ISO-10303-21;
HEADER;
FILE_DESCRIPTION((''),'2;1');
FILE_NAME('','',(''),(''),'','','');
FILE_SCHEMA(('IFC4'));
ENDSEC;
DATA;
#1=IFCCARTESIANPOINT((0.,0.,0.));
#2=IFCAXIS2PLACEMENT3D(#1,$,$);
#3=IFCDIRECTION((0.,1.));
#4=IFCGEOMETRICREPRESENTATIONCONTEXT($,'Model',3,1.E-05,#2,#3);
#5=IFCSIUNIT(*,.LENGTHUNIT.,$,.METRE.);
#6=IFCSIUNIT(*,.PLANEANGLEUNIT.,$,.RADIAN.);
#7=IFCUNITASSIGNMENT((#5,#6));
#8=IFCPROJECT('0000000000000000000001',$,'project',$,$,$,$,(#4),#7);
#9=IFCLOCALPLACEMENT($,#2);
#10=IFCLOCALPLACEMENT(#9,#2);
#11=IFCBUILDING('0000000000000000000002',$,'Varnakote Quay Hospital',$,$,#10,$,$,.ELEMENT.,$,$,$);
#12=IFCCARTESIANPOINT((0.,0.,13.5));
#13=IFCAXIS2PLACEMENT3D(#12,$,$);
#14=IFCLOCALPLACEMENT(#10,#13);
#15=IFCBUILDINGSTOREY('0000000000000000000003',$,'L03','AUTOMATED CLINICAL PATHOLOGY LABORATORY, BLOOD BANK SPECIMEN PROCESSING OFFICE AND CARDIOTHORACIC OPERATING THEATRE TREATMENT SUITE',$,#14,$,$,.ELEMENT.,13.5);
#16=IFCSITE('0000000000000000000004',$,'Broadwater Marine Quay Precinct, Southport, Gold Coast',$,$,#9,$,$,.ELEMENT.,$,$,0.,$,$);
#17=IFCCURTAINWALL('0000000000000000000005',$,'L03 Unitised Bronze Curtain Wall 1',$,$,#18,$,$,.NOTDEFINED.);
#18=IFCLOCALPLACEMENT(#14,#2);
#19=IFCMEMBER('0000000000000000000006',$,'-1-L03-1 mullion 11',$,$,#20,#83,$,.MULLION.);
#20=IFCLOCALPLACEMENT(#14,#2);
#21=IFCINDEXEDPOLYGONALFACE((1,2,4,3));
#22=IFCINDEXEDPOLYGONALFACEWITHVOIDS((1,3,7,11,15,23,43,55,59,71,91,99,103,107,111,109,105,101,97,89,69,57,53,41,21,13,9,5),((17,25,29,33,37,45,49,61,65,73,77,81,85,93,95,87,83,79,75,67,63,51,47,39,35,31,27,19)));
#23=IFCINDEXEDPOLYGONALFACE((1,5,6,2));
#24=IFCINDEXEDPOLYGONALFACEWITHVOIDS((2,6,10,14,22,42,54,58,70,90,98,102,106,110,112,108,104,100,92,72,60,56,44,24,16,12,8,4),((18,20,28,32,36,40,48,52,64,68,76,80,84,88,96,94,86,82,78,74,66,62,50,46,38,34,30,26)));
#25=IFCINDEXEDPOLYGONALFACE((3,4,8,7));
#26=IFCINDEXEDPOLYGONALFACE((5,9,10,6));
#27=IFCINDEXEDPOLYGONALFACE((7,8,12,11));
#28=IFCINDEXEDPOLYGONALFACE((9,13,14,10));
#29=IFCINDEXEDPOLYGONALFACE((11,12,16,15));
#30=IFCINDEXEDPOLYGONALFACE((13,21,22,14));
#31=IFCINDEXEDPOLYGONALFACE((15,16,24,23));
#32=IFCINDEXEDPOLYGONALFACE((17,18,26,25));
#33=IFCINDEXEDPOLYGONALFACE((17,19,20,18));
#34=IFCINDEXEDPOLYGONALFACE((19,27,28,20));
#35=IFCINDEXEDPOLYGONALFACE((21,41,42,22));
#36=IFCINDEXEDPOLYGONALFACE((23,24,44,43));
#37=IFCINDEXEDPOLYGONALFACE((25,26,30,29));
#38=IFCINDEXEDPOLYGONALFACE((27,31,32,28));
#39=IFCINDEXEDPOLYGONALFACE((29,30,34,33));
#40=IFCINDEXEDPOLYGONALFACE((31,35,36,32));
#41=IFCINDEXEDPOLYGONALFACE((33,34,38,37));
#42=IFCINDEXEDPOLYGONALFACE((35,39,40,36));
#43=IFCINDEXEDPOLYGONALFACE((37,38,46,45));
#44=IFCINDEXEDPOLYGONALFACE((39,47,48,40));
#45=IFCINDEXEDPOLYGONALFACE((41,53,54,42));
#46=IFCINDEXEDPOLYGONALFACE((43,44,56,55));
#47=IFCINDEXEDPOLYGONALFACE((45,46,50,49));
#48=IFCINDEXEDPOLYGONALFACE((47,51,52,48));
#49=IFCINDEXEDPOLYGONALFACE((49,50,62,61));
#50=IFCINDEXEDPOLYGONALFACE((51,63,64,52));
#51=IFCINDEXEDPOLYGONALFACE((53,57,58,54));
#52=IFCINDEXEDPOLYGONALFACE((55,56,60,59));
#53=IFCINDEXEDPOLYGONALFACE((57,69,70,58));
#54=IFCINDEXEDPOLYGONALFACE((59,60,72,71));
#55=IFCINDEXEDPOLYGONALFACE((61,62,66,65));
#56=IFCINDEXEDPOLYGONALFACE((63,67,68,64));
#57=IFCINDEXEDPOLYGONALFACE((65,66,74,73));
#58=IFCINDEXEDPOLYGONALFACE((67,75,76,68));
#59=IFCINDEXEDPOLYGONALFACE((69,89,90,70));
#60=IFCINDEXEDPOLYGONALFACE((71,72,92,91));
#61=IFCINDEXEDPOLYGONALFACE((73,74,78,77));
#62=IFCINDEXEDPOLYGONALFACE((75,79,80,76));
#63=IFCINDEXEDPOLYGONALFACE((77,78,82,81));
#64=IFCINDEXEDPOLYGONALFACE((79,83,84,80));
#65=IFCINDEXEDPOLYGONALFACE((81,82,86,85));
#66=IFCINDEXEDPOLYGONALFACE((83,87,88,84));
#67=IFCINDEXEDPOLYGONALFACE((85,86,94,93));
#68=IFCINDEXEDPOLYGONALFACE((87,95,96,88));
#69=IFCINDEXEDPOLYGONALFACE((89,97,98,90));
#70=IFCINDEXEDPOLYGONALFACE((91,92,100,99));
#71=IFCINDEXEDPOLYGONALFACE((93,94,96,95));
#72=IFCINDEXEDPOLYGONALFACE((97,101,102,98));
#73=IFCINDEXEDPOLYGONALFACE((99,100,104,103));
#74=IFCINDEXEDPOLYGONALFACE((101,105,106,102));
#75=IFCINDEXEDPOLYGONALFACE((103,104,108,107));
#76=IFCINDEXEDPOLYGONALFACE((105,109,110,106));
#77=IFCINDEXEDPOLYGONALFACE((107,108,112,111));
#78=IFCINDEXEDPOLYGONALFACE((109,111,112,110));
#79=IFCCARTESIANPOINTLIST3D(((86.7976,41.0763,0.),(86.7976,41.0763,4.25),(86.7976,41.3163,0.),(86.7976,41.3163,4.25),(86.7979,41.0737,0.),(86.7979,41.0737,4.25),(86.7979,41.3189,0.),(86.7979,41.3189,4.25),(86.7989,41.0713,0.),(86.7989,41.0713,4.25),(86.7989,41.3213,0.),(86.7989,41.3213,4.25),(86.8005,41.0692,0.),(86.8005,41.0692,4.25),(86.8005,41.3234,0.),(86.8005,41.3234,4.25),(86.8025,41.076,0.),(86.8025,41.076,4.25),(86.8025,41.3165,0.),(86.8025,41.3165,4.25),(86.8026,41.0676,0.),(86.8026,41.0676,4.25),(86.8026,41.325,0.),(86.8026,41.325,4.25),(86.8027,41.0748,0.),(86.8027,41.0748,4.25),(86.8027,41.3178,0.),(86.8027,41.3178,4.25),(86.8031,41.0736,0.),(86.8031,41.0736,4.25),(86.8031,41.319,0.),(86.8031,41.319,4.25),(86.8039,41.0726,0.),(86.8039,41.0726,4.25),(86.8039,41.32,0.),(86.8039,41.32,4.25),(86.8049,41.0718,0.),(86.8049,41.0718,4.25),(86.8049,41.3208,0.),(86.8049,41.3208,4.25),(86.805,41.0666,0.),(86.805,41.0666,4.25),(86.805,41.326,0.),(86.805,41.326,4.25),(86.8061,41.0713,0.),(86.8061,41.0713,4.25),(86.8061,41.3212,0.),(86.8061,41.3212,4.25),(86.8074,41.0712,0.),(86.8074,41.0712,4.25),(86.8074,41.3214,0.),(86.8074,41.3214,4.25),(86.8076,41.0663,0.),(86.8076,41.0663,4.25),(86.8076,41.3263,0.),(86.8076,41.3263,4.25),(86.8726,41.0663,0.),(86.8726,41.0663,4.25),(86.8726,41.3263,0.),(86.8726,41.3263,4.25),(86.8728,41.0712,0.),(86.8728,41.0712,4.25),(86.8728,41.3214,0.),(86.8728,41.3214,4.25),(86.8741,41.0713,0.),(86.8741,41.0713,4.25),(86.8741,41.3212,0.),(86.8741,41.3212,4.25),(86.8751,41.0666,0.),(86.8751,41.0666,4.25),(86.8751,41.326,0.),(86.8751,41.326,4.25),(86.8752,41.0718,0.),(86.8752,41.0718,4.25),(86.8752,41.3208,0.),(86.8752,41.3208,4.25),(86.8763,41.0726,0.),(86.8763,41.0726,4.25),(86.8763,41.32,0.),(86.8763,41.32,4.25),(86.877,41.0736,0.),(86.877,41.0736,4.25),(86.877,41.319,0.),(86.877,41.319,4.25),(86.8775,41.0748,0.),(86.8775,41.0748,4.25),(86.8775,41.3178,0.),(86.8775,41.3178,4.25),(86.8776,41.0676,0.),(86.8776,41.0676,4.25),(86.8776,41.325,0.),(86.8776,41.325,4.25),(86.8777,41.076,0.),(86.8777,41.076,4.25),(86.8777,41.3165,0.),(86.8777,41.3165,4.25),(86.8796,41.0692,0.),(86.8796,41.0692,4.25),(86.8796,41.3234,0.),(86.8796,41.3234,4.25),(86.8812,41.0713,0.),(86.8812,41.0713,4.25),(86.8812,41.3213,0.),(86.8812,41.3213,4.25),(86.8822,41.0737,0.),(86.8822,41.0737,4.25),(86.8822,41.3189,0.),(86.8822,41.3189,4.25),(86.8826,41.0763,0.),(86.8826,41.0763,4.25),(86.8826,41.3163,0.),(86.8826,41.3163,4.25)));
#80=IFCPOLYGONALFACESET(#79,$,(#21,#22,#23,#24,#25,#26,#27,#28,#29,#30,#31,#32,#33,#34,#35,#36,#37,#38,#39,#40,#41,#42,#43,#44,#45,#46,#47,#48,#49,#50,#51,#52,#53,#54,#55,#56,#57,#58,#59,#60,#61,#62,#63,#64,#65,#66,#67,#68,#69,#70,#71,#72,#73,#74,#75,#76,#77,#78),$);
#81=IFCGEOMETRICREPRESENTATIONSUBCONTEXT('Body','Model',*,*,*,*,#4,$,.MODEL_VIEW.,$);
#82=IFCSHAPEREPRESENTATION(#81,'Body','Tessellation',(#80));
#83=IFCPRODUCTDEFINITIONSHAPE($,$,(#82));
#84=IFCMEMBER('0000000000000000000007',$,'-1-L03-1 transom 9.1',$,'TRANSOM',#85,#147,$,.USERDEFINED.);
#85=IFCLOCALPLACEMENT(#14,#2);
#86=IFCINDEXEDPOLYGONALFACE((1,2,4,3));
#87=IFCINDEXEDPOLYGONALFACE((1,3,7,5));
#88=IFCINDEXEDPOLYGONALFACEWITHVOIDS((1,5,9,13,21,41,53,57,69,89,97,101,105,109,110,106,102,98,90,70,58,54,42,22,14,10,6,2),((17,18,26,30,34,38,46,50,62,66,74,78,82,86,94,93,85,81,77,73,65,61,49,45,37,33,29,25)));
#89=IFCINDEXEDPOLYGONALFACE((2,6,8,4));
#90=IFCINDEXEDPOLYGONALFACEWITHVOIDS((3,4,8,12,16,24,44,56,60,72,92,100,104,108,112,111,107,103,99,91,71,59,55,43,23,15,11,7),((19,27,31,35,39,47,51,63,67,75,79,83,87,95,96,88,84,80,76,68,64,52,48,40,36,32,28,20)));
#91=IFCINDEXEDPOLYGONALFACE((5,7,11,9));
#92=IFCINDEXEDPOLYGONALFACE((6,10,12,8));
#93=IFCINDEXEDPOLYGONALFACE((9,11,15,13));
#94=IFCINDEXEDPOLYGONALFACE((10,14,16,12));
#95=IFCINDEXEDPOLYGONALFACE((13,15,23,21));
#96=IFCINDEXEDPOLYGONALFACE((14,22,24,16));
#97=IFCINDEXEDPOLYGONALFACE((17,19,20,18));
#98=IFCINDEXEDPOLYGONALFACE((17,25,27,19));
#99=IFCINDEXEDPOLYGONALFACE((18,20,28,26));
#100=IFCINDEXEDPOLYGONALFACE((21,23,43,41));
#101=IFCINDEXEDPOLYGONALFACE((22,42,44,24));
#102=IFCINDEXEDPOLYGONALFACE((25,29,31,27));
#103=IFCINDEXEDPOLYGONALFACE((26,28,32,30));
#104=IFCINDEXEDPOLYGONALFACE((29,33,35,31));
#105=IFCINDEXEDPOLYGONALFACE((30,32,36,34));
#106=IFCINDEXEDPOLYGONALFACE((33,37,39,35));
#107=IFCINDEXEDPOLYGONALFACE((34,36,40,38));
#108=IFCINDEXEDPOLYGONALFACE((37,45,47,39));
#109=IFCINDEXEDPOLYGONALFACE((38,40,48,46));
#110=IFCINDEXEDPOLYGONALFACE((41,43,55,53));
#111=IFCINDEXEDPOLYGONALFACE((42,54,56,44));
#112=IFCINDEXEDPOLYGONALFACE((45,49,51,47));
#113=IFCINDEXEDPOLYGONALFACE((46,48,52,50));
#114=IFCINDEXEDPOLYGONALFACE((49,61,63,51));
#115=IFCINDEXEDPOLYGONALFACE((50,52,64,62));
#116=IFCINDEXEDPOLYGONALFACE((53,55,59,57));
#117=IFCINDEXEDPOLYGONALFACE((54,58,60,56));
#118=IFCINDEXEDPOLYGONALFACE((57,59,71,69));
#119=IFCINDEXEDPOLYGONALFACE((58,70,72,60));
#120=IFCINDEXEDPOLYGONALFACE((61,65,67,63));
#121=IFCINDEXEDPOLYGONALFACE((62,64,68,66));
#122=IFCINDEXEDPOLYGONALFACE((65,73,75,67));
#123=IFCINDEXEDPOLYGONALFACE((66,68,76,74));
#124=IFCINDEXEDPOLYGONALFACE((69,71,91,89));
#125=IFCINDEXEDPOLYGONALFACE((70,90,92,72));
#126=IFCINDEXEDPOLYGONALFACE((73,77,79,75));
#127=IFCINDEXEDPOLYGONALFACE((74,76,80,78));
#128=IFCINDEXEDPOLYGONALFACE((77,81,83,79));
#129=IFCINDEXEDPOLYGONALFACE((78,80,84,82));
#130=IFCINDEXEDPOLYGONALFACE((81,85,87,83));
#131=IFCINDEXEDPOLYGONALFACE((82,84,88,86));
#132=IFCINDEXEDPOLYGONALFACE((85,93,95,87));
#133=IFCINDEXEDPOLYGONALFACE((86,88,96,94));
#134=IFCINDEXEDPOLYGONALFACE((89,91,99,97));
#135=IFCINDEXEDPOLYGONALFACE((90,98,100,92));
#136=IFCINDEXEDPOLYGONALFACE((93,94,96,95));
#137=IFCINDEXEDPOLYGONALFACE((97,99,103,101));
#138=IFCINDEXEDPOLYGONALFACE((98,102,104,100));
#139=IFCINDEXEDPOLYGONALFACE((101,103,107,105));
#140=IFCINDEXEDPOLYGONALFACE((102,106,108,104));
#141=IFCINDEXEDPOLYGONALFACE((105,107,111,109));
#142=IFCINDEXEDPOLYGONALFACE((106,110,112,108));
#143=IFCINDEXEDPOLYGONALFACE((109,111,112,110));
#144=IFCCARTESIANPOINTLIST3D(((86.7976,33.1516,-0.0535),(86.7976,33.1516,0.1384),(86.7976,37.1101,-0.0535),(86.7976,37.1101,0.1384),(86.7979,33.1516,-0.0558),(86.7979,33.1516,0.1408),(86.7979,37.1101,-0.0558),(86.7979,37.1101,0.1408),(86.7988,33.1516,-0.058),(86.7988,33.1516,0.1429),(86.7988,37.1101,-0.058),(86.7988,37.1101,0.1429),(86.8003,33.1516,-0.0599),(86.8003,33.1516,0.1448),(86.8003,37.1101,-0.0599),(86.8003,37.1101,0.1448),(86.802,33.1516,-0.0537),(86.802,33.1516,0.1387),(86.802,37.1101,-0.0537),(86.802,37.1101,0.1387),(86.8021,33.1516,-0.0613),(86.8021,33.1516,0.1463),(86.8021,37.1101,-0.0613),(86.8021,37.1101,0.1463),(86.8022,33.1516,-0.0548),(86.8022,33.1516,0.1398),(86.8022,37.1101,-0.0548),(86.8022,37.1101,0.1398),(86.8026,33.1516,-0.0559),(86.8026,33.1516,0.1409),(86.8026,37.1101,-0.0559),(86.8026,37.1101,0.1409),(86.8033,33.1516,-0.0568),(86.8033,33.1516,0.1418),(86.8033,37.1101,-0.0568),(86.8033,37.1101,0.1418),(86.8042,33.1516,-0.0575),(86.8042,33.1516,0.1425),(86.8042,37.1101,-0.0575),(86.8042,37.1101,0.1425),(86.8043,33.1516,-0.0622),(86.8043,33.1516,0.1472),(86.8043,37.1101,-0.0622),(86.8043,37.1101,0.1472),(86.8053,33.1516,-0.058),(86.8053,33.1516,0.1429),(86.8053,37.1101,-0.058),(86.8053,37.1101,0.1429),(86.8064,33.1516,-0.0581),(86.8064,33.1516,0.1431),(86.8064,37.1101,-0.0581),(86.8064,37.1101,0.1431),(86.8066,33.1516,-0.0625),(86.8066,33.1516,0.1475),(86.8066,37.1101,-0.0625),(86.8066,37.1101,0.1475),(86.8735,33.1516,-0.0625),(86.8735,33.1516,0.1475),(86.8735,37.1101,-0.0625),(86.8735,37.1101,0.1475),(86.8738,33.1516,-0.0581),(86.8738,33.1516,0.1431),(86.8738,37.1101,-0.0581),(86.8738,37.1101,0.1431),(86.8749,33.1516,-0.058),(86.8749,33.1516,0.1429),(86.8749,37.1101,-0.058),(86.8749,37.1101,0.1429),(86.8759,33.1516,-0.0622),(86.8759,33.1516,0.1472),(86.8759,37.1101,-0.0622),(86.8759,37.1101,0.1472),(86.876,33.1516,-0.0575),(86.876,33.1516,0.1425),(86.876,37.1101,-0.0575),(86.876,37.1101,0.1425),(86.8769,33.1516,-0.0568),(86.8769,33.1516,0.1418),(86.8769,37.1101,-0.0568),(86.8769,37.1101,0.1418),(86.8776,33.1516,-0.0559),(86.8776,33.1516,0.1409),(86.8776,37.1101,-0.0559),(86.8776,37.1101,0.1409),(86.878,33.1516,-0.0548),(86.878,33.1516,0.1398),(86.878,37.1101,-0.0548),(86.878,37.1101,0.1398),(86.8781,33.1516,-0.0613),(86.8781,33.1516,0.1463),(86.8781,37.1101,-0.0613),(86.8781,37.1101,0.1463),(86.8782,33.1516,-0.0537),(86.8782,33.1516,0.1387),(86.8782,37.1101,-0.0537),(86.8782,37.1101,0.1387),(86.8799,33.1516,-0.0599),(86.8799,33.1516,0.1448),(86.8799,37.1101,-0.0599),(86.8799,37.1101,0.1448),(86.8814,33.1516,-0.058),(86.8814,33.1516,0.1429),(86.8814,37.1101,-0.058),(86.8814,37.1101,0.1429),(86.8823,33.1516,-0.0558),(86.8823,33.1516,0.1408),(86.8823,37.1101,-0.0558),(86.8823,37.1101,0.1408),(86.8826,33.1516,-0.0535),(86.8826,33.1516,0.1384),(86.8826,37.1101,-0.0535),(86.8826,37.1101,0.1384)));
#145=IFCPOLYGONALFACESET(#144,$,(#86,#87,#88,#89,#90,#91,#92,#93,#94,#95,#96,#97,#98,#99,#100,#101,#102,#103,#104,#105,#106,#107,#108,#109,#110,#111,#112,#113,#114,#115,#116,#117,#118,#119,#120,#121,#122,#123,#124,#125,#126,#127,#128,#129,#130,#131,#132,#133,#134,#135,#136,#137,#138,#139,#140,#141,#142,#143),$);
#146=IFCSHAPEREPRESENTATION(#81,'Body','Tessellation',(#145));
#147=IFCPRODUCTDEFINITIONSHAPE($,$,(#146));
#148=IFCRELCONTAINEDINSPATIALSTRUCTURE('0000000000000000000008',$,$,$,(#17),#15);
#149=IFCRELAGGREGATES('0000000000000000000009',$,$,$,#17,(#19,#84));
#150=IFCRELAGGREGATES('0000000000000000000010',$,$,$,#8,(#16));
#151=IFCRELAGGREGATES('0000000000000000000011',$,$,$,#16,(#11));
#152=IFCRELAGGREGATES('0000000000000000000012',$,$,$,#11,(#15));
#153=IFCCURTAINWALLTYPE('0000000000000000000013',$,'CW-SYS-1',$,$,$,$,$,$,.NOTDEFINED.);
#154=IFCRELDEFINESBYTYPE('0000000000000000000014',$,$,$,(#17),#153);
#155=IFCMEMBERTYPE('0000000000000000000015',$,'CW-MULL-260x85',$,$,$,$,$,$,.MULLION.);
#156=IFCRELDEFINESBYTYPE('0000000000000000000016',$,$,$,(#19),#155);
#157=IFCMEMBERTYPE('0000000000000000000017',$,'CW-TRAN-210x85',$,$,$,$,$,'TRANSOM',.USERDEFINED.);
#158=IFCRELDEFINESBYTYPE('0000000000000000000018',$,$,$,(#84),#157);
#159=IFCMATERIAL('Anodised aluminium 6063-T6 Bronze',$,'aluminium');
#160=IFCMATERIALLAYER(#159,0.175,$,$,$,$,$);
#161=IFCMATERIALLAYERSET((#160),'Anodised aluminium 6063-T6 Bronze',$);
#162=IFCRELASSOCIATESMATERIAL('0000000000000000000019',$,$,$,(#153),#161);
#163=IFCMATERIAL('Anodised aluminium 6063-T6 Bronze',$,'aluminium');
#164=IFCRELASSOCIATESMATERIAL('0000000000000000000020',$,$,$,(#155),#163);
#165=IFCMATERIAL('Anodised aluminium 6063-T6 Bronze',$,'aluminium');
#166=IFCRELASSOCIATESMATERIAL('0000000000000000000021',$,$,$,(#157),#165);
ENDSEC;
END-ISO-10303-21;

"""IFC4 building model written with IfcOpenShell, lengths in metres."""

from ifc_helpers import new_model, si_unit, direction, frame, origin, origin_2d, place, context, subcontext, project, spatial, hollow_rectangle, extrude, material, layer, layer_set, material_profile, profile_set, type_object, element, aggregate, save


model = new_model("IFC4")

# Units and contexts
model_context = context("Model", 3, precision=1e-05, world=origin(), true_north=direction((0.0, 1.0)))
body_context = subcontext(model_context, "Body", "Model", "MODEL_VIEW")
ifc_project = project(units=[si_unit("LENGTHUNIT", "METRE"), si_unit("PLANEANGLEUNIT", "RADIAN")], contexts=[model_context])

# Site, building, storey
site_placement = place(None, origin())
site = spatial("IfcSite", under=ifc_project, at=site_placement, Name="Broadwater Marine Quay Precinct, Southport, Gold Coast", CompositionType="ELEMENT", RefElevation=0.0)
building_placement = place(site_placement, origin())
building = spatial("IfcBuilding", under=site, at=building_placement, Name="Varnakote Quay Hospital", CompositionType="ELEMENT")
storey_placement = place(building_placement, frame((0.0, 0.0, 13.5)))
storey = spatial("IfcBuildingStorey", under=building, at=storey_placement, Name="L03", Description="AUTOMATED CLINICAL PATHOLOGY LABORATORY, BLOOD BANK SPECIMEN PROCESSING OFFICE AND CARDIOTHORACIC OPERATING THEATRE TREATMENT SUITE", CompositionType="ELEMENT", Elevation=13.5)

# Curtain wall, members
ifc_material_1 = material(Name="Anodised aluminium 6063-T6 Bronze", Category="aluminium")
ifc_layer_1 = layer(ifc_material_1, 0.175)
ifc_layer_set_1 = layer_set([ifc_layer_1], Name="Anodised aluminium 6063-T6 Bronze")
curtain_wall_type = type_object("IfcCurtainWallType", Name="CW-SYS-1", PredefinedType="NOTDEFINED", material=ifc_layer_set_1)
curtain_wall_placement = place(storey_placement, origin())
curtain_wall = element("IfcCurtainWall", 1, at=curtain_wall_placement, inside=storey, type_object=curtain_wall_type, Name="L03 Unitised Bronze Curtain Wall 1", PredefinedType="NOTDEFINED")
ifc_material_2 = material(Name="Anodised aluminium 6063-T6 Bronze", Category="aluminium")
ifc_material_profile_1 = material_profile(ifc_material_2, hollow_rectangle(XDim=0.085, YDim=0.26, WallThickness=0.0049, InnerFilletRadius=0.0049, OuterFilletRadius=0.01, at=origin_2d()), Name="CW-MULL-260x85")
ifc_profile_set_1 = profile_set([ifc_material_profile_1], Name="Anodised aluminium 6063-T6 Bronze")
member_type_1 = type_object("IfcMemberType", Name="CW-MULL-260x85", PredefinedType="MULLION", material=ifc_profile_set_1)
member_1_placement = place(storey_placement, frame((86.8401, 41.1963, 0.0), z_axis=(0.0, 0.0, 1.0), x_axis=(-1.0, 0.0, 0.0)))
member_1 = element("IfcMember", 2, at=member_1_placement, type_object=member_type_1, Name="-1-L03-1 mullion 11", PredefinedType="MULLION", context=body_context, shape_type="SweptSolid", body=[
    extrude(hollow_rectangle(XDim=0.085, YDim=0.26, WallThickness=0.0049, InnerFilletRadius=0.0049, OuterFilletRadius=0.01, at=origin_2d()), origin(), (0.0, 0.0, 1.0), 4.25),
])
ifc_material_3 = material(Name="Anodised aluminium 6063-T6 Bronze", Category="aluminium")
ifc_material_profile_2 = material_profile(ifc_material_3, hollow_rectangle(XDim=0.085, YDim=0.21, WallThickness=0.0044, InnerFilletRadius=0.0044, OuterFilletRadius=0.009, at=origin_2d()), Name="CW-TRAN-210x85")
ifc_profile_set_2 = profile_set([ifc_material_profile_2], Name="Anodised aluminium 6063-T6 Bronze")
member_type_2 = type_object("IfcMemberType", Name="CW-TRAN-210x85", ElementType="TRANSOM", PredefinedType="USERDEFINED", material=ifc_profile_set_2)
member_2_placement = place(storey_placement, frame((86.8401, 33.1516, 0.0425), z_axis=(0.0, 1.0, 0.0), x_axis=(-1.0, 0.0, 0.0)))
member_2 = element("IfcMember", 3, at=member_2_placement, type_object=member_type_2, Name="-1-L03-1 transom 9.1", ObjectType="TRANSOM", PredefinedType="USERDEFINED", context=body_context, shape_type="SweptSolid", body=[
    extrude(hollow_rectangle(XDim=0.085, YDim=0.21, WallThickness=0.0044, InnerFilletRadius=0.0044, OuterFilletRadius=0.009, at=origin_2d()), origin(), (0.0, 0.0, 1.0), 3.9585),
])

aggregate(curtain_wall, [member_1, member_2])

save(model, "model.ifc")
